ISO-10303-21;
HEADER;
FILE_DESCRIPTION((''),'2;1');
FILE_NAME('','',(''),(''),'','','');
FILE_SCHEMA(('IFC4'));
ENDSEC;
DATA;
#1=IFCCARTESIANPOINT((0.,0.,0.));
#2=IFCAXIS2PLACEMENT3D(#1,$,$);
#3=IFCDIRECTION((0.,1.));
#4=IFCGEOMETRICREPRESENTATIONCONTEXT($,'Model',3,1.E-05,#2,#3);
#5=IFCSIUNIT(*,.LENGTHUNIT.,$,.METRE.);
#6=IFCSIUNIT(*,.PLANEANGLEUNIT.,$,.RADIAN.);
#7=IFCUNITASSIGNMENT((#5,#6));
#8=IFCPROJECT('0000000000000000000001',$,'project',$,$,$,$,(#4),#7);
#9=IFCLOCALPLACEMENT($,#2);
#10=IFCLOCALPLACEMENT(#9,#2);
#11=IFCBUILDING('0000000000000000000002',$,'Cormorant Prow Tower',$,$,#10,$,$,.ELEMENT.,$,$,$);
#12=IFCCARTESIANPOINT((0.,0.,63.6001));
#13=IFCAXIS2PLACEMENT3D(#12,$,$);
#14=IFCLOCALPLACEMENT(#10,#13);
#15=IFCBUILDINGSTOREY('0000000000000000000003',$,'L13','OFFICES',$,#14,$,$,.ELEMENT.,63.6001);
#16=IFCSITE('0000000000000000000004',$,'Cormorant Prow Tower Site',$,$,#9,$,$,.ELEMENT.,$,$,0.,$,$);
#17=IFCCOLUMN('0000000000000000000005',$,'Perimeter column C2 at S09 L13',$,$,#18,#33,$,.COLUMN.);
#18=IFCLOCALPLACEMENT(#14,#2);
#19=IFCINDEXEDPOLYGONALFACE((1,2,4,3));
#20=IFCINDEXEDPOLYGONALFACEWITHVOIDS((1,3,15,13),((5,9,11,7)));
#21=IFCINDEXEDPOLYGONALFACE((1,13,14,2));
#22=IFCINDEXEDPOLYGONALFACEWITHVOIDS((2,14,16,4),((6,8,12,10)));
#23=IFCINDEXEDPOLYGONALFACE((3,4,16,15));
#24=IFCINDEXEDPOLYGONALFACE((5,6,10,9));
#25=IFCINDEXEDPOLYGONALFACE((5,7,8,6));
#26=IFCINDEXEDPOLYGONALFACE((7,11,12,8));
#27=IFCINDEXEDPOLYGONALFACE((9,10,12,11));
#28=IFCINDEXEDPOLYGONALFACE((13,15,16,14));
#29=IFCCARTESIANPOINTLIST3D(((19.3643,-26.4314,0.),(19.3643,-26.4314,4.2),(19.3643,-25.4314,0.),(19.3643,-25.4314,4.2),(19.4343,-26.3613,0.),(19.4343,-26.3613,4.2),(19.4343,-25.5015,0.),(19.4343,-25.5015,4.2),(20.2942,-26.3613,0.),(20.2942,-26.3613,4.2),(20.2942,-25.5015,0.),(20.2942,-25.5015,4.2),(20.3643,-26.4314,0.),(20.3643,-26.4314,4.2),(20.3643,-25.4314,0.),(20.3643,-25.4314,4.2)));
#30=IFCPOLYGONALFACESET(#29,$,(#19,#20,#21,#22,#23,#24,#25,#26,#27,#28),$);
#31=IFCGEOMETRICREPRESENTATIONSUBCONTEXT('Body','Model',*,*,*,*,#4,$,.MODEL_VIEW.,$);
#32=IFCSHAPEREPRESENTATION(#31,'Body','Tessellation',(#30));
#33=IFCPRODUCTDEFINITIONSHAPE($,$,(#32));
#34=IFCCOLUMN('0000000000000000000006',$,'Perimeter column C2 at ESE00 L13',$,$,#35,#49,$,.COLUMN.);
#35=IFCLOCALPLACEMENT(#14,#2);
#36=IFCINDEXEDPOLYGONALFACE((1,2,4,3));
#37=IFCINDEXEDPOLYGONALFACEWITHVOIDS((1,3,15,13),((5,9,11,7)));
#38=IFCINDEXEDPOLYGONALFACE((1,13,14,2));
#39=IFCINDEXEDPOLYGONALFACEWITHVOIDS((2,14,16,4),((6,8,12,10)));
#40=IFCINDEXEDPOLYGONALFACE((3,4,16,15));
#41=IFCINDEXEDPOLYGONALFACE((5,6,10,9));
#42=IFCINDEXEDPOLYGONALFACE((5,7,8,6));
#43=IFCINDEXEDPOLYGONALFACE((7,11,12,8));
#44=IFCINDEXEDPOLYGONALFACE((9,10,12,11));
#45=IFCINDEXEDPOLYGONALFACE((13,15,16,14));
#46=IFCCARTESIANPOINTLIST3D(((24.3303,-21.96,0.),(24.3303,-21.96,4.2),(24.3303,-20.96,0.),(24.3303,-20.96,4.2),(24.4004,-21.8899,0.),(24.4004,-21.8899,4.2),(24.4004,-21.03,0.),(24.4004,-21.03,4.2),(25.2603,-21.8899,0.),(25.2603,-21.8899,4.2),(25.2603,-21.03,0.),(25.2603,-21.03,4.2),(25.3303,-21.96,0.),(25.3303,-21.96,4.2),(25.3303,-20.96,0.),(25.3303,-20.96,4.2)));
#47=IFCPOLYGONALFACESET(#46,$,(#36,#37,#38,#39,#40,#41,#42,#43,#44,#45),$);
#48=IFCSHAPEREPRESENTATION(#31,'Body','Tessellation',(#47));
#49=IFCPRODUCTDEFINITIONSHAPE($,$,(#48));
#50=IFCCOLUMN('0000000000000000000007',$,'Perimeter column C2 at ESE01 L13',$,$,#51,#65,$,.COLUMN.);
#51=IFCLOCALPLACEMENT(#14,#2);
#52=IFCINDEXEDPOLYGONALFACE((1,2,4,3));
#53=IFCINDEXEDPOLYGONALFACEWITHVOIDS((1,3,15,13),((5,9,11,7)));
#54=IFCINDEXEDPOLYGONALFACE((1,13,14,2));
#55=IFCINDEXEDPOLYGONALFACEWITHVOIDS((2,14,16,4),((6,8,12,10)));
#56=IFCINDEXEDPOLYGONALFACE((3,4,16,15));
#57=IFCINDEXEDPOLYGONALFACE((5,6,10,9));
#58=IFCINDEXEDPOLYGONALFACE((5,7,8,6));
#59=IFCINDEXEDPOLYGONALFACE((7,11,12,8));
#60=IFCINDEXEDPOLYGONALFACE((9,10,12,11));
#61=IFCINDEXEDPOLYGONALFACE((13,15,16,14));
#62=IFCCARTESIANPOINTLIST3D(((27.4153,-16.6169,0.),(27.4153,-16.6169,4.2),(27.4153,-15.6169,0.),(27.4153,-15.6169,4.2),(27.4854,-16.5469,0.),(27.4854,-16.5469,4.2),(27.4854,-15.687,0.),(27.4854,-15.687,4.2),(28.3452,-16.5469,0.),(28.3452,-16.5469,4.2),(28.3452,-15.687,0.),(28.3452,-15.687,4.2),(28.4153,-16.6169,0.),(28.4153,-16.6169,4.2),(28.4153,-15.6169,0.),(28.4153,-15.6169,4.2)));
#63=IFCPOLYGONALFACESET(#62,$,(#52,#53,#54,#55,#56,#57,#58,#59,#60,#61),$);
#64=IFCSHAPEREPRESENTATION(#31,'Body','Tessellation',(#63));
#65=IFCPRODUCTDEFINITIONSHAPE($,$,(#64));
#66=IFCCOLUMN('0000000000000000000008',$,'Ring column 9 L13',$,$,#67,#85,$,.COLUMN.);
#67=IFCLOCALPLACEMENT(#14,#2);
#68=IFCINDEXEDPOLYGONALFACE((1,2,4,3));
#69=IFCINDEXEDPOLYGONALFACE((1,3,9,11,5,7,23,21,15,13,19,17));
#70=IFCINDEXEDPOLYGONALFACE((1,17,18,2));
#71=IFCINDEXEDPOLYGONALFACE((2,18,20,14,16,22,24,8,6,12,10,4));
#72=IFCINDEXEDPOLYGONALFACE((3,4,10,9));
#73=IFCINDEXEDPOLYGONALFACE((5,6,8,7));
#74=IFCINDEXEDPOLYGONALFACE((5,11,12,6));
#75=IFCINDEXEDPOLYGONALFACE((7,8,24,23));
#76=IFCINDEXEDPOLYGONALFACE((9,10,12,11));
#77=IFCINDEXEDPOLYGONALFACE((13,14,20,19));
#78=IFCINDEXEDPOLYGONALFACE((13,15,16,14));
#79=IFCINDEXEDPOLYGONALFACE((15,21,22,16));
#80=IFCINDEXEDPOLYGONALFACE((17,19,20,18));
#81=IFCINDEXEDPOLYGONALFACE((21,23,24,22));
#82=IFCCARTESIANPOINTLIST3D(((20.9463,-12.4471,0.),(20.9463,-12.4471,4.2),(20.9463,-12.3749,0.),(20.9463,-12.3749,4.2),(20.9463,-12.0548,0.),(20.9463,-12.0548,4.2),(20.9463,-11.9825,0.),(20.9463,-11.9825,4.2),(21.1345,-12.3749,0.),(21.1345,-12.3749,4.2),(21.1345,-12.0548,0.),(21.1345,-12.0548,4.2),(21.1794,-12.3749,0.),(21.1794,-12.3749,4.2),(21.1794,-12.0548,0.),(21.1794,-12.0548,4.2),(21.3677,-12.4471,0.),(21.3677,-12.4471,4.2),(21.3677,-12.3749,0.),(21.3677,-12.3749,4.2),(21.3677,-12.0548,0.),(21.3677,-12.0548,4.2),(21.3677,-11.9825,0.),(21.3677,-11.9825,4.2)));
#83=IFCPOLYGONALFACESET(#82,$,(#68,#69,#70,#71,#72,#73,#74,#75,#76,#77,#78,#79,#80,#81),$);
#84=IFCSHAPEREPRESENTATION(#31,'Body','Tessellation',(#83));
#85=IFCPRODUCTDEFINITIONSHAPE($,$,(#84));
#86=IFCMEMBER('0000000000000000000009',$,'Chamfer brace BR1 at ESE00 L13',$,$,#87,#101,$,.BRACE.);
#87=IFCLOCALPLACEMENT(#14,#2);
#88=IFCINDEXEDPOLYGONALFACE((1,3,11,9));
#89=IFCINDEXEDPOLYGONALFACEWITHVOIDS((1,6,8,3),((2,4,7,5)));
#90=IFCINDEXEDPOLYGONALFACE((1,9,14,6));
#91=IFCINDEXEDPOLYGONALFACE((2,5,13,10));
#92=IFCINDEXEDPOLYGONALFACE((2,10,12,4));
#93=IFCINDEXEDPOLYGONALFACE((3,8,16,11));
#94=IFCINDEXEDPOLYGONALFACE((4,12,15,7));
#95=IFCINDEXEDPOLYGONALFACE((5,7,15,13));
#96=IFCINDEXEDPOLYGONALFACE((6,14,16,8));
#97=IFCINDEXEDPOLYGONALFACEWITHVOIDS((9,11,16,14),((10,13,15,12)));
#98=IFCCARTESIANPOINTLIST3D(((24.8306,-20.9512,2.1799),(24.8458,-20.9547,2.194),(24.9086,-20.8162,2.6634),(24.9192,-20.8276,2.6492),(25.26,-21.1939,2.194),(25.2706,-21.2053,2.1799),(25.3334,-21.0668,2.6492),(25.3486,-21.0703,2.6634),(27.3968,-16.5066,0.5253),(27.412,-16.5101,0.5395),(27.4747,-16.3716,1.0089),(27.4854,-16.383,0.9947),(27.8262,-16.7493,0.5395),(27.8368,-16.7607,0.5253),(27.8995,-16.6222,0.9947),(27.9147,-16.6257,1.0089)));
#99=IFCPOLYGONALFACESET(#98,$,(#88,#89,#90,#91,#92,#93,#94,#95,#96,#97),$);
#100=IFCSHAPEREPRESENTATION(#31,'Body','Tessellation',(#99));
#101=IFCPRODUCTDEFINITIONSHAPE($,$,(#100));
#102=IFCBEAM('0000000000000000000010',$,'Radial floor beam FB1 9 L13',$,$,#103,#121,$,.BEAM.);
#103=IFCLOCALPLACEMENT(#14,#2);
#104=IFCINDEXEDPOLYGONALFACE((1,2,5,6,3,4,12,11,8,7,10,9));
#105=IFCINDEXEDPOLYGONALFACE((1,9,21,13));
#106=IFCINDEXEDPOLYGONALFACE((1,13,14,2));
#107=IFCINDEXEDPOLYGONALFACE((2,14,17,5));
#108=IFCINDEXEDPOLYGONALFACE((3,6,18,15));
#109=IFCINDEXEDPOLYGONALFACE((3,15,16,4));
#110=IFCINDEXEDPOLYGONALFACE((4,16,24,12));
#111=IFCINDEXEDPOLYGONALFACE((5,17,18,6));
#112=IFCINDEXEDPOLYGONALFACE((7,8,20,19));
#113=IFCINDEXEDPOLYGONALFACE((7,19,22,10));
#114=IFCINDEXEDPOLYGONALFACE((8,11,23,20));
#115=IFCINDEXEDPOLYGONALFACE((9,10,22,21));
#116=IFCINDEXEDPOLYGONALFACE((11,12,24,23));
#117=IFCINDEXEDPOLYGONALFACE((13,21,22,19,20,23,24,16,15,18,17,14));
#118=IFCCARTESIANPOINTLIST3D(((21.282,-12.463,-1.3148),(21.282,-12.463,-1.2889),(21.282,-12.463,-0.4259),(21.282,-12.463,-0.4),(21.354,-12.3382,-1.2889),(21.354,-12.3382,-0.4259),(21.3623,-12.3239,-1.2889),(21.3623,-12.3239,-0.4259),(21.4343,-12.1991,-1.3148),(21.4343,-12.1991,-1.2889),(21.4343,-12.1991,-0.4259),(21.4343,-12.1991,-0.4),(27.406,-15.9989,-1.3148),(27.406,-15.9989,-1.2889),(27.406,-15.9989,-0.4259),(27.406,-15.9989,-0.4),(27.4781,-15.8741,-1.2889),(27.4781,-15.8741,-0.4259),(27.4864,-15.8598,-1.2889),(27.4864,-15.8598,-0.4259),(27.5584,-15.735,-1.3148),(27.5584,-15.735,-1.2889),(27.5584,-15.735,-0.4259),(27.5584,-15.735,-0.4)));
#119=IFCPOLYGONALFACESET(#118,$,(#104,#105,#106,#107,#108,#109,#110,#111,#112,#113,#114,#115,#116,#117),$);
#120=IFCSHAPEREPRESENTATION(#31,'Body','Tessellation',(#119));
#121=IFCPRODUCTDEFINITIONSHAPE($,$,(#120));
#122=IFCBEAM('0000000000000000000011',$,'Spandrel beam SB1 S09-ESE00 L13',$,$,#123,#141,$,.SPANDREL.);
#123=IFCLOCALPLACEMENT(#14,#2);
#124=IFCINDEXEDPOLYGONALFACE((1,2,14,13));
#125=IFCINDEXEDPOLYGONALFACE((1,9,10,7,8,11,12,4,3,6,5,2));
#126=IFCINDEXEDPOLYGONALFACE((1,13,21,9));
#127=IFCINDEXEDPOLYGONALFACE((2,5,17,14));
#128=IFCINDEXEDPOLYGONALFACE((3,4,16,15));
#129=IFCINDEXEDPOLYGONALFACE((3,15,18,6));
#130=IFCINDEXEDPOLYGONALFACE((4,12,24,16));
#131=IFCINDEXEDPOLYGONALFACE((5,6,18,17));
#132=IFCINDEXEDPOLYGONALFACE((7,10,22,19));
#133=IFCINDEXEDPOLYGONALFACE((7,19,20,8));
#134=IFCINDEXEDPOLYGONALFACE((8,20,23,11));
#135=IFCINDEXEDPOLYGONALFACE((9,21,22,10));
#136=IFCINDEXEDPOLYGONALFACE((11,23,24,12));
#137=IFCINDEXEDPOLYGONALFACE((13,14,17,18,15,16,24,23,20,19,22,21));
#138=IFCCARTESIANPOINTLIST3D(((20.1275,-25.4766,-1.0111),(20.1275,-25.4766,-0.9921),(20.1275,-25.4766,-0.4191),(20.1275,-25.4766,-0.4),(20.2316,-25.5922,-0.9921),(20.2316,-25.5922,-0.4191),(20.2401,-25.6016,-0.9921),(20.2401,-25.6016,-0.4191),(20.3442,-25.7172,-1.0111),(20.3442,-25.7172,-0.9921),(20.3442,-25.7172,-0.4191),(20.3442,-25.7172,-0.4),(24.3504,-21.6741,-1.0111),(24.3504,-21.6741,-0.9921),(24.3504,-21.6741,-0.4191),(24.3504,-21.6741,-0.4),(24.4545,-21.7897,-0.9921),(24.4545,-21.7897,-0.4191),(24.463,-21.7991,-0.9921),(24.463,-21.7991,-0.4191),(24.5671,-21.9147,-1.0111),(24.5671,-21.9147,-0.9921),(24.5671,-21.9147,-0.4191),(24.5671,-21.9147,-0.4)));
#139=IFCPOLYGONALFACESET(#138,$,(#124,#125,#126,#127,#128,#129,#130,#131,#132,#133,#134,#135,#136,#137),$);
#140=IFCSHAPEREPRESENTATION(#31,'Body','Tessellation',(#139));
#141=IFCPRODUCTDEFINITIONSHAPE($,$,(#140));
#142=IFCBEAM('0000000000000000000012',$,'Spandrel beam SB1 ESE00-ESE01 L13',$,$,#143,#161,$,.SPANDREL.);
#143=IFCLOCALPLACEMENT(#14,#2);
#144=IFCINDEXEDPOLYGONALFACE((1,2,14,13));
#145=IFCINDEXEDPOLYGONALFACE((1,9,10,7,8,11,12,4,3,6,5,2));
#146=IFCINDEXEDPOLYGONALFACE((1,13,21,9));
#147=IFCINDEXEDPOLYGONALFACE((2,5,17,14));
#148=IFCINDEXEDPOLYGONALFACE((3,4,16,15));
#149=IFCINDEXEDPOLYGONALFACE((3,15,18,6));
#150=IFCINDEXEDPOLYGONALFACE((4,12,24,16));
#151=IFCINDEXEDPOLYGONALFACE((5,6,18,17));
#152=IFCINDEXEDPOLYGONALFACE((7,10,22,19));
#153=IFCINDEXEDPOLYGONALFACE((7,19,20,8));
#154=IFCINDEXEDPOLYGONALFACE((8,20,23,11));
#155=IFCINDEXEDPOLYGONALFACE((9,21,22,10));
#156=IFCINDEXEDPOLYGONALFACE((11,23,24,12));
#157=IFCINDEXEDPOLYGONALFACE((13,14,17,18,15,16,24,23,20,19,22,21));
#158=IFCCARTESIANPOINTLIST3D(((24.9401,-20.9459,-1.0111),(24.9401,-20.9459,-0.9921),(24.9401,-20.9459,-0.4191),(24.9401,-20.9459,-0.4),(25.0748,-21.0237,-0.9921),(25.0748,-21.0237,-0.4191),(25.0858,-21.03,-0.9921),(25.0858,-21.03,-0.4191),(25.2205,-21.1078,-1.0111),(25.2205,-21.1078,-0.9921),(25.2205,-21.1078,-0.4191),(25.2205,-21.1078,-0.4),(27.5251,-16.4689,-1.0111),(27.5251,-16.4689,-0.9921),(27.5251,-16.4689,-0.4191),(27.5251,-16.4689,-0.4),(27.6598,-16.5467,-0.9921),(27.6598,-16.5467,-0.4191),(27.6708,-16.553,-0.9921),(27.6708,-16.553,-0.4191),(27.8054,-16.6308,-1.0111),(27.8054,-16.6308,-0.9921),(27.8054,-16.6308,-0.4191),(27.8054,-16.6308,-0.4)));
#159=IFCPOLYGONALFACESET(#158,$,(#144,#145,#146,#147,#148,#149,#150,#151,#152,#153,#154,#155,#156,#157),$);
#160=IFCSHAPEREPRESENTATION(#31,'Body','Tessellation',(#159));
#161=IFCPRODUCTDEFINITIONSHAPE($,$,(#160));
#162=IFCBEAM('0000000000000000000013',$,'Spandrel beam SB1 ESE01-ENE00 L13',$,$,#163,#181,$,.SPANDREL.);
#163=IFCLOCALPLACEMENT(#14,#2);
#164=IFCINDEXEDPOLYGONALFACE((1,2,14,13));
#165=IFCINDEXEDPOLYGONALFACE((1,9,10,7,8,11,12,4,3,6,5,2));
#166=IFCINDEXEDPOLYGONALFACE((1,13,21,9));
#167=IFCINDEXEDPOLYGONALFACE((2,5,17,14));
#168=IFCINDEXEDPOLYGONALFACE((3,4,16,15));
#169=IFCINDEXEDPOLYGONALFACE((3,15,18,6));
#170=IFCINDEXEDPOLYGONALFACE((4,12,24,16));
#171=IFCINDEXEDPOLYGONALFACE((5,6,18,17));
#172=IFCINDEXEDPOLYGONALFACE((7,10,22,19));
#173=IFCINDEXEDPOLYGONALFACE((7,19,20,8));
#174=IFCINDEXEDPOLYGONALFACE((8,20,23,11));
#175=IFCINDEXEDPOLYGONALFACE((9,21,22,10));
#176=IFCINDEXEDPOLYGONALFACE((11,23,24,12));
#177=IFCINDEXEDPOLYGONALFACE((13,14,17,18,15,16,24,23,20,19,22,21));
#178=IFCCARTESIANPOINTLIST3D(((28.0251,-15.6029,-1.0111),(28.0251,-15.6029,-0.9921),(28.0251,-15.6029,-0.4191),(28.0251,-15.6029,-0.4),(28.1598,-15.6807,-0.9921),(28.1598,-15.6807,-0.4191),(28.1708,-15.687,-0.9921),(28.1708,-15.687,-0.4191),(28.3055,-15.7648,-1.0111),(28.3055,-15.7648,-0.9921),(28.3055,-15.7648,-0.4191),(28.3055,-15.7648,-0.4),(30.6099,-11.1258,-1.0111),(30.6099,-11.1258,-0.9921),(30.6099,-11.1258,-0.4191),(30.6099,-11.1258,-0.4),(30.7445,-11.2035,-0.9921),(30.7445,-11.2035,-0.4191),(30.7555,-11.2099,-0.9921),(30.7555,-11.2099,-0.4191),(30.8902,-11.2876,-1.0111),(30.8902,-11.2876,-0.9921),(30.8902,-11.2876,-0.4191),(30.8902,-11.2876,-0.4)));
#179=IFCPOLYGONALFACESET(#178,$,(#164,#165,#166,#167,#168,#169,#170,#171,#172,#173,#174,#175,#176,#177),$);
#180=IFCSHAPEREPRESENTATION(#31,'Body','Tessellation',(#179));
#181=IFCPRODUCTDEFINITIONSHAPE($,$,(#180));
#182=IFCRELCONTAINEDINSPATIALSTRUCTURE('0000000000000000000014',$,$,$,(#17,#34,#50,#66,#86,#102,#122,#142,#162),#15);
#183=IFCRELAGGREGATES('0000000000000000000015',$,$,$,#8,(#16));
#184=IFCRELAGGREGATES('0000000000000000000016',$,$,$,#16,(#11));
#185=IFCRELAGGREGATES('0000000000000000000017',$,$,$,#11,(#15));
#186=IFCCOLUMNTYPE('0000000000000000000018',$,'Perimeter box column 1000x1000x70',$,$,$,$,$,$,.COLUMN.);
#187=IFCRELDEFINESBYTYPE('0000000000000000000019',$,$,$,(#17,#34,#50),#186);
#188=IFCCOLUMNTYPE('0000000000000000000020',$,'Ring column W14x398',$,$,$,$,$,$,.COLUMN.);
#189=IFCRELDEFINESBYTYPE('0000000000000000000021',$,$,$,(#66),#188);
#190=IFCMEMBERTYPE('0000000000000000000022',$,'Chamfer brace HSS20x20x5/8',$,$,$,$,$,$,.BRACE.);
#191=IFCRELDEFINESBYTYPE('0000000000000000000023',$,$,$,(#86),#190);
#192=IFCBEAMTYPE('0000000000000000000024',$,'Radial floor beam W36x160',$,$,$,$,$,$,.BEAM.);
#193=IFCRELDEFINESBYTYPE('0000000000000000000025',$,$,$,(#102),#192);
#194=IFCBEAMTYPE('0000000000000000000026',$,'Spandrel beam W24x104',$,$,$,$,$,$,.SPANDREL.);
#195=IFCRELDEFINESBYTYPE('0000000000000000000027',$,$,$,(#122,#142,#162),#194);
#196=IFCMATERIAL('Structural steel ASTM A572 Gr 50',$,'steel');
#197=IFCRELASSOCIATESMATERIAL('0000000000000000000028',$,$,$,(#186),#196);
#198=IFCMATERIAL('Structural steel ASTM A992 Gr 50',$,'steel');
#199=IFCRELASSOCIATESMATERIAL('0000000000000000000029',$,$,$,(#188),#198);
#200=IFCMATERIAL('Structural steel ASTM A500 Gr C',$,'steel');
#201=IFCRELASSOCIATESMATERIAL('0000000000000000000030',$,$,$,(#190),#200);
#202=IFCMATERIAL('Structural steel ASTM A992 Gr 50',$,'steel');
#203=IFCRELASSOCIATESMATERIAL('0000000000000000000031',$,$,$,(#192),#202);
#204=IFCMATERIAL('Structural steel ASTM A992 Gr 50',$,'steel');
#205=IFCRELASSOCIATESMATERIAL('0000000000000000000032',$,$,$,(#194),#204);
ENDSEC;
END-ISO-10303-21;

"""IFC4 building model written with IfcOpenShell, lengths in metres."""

from ifc_helpers import new_model, si_unit, direction, frame, origin, origin_2d, place, context, subcontext, project, spatial, hollow_rectangle, i_section, extrude, material, material_profile, profile_set, type_object, element, save


model = new_model("IFC4")

# Units and contexts
model_context = context("Model", 3, precision=1e-05, world=origin(), true_north=direction((0.0, 1.0)))
body_context = subcontext(model_context, "Body", "Model", "MODEL_VIEW")
ifc_project = project(units=[si_unit("LENGTHUNIT", "METRE"), si_unit("PLANEANGLEUNIT", "RADIAN")], contexts=[model_context])

# Site, building, storey
site_placement = place(None, origin())
site = spatial("IfcSite", under=ifc_project, at=site_placement, Name="Cormorant Prow Tower Site", CompositionType="ELEMENT", RefElevation=0.0)
building_placement = place(site_placement, origin())
building = spatial("IfcBuilding", under=site, at=building_placement, Name="Cormorant Prow Tower", CompositionType="ELEMENT")
storey_placement = place(building_placement, frame((0.0, 0.0, 63.6001)))
storey = spatial("IfcBuildingStorey", under=building, at=storey_placement, Name="L13", Description="OFFICES", CompositionType="ELEMENT", Elevation=63.6001)

# Columns
ifc_material_1 = material(Name="Structural steel ASTM A572 Gr 50", Category="steel")
ifc_material_profile_1 = material_profile(ifc_material_1, hollow_rectangle(XDim=1.0, YDim=1.0, WallThickness=0.0701, at=origin_2d()), Name="Box 1000x1000x70")
ifc_profile_set_1 = profile_set([ifc_material_profile_1], Name="Structural steel ASTM A572 Gr 50")
column_type_1 = type_object("IfcColumnType", Name="Perimeter box column 1000x1000x70", PredefinedType="COLUMN", material=ifc_profile_set_1)
for number, where, z_axis, x_axis, name in (
    (1, (19.8643, -25.9314, 0.0), (0.0, 0.0, 1.0), (1.0, 0.0, 0.0), "Perimeter column C2 at S09 L13"),
    (2, (24.8303, -21.46, 0.0), (0.0, 0.0, 1.0), (1.0, 0.0, 0.0), "Perimeter column C2 at ESE00 L13"),
    (3, (27.9153, -16.1169, 0.0), (0.0, 0.0, 1.0), (1.0, 0.0, 0.0), "Perimeter column C2 at ESE01 L13"),
):
    element("IfcColumn", number, at=place(storey_placement, frame(where, z_axis=z_axis, x_axis=x_axis)), inside=storey, type_object=column_type_1, Name=name, PredefinedType="COLUMN", context=body_context, shape_type="SweptSolid", body=[
        extrude(hollow_rectangle(XDim=1.0, YDim=1.0, WallThickness=0.0701, at=origin_2d()), origin(), (0.0, 0.0, 1.0), 4.2),
    ])
ifc_material_2 = material(Name="Structural steel ASTM A992 Gr 50", Category="steel")
ifc_material_profile_2 = material_profile(ifc_material_2, i_section(OverallWidth=0.4214, OverallDepth=0.4646, WebThickness=0.0449, FlangeThickness=0.0723, at=origin_2d()), Name="W14x398")
ifc_profile_set_2 = profile_set([ifc_material_profile_2], Name="Structural steel ASTM A992 Gr 50")
column_type_2 = type_object("IfcColumnType", Name="Ring column W14x398", PredefinedType="COLUMN", material=ifc_profile_set_2)
column_placement = place(storey_placement, frame((21.157, -12.2148, 0.0), z_axis=(0.0, 0.0, 1.0), x_axis=(1.0, 0.0, 0.0)))
element("IfcColumn", 4, at=column_placement, inside=storey, type_object=column_type_2, Name="Ring column 9 L13", PredefinedType="COLUMN", context=body_context, shape_type="SweptSolid", body=[
    extrude(i_section(OverallWidth=0.4214, OverallDepth=0.4646, WebThickness=0.0449, FlangeThickness=0.0723, at=origin_2d()), origin(), (0.0, 0.0, 1.0), 4.2),
])

# Member
ifc_material_3 = material(Name="Structural steel ASTM A500 Gr C", Category="steel")
ifc_material_profile_3 = material_profile(ifc_material_3, hollow_rectangle(XDim=0.5081, YDim=0.5081, WallThickness=0.0149, at=origin_2d()), Name="HSS20x20x5/8")
ifc_profile_set_3 = profile_set([ifc_material_profile_3], Name="Structural steel ASTM A500 Gr C")
member_type = type_object("IfcMemberType", Name="Chamfer brace HSS20x20x5/8", PredefinedType="BRACE", material=ifc_profile_set_3)
member_placement = place(storey_placement, frame((27.6558, -16.5662, 0.7671), z_axis=(-0.475893, -0.824244, 0.306834), x_axis=(0.866018, -0.500012, 0.0)))
element("IfcMember", 5, at=member_placement, inside=storey, type_object=member_type, Name="Chamfer brace BR1 at ESE00 L13", PredefinedType="BRACE", context=body_context, shape_type="SweptSolid", body=[
    extrude(hollow_rectangle(XDim=0.5081, YDim=0.5081, WallThickness=0.0149, at=origin_2d()), origin(), (0.0, 0.0, 1.0), 5.3923),
])

# Beams
ifc_material_4 = material(Name="Structural steel ASTM A992 Gr 50", Category="steel")
ifc_material_profile_4 = material_profile(ifc_material_4, i_section(OverallWidth=0.3047, OverallDepth=0.9148, WebThickness=0.0166, FlangeThickness=0.0259, at=origin_2d()), Name="W36x160")
ifc_profile_set_4 = profile_set([ifc_material_profile_4], Name="Structural steel ASTM A992 Gr 50")
beam_type_1 = type_object("IfcBeamType", Name="Radial floor beam W36x160", PredefinedType="BEAM", material=ifc_profile_set_4)
beam_1_placement = place(storey_placement, frame((21.3582, -12.3311, -0.8574), z_axis=(0.866014, -0.500019, 0.0), x_axis=(0.500019, 0.866014, 0.0)))
element("IfcBeam", 6, at=beam_1_placement, inside=storey, type_object=beam_type_1, Name="Radial floor beam FB1 9 L13", PredefinedType="BEAM", context=body_context, shape_type="SweptSolid", body=[
    extrude(i_section(OverallWidth=0.3047, OverallDepth=0.9148, WebThickness=0.0166, FlangeThickness=0.0259, at=origin_2d()), origin(), (0.0, 0.0, 1.0), 7.0715),
])
ifc_material_5 = material(Name="Structural steel ASTM A992 Gr 50", Category="steel")
ifc_material_profile_5 = material_profile(ifc_material_5, i_section(OverallWidth=0.3237, OverallDepth=0.6111, WebThickness=0.0127, FlangeThickness=0.019, at=origin_2d()), Name="W24x104")
ifc_profile_set_5 = profile_set([ifc_material_profile_5], Name="Structural steel ASTM A992 Gr 50")
beam_type_2 = type_object("IfcBeamType", Name="Spandrel beam W24x104", PredefinedType="SPANDREL", material=ifc_profile_set_5)
beam_2_placement = place(storey_placement, frame((20.2358, -25.5969, -0.7056), z_axis=(0.74313, 0.669147, 0.0), x_axis=(-0.669147, 0.74313, 0.0)))
element("IfcBeam", 7, at=beam_2_placement, inside=storey, type_object=beam_type_2, Name="Spandrel beam SB1 S09-ESE00 L13", PredefinedType="SPANDREL", context=body_context, shape_type="SweptSolid", body=[
    extrude(i_section(OverallWidth=0.3237, OverallDepth=0.6111, WebThickness=0.0127, FlangeThickness=0.019, at=origin_2d()), origin(), (0.0, 0.0, 1.0), 5.6826),
])
for number, where, z_axis, x_axis, name in (
    (8, (25.0803, -21.0269, -0.7056), (0.50002, 0.866014, 0.0), (-0.866014, 0.50002, 0.0), "Spandrel beam SB1 ESE00-ESE01 L13"),
    (9, (28.1653, -15.6838, -0.7056), (0.499984, 0.866035, 0.0), (-0.866035, 0.499984, 0.0), "Spandrel beam SB1 ESE01-ENE00 L13"),
):
    element("IfcBeam", number, at=place(storey_placement, frame(where, z_axis=z_axis, x_axis=x_axis)), inside=storey, type_object=beam_type_2, Name=name, PredefinedType="SPANDREL", context=body_context, shape_type="SweptSolid", body=[
        extrude(i_section(OverallWidth=0.3237, OverallDepth=0.6111, WebThickness=0.0127, FlangeThickness=0.019, at=origin_2d()), origin(), (0.0, 0.0, 1.0), 5.1697),
    ])

save(model, "model.ifc")
